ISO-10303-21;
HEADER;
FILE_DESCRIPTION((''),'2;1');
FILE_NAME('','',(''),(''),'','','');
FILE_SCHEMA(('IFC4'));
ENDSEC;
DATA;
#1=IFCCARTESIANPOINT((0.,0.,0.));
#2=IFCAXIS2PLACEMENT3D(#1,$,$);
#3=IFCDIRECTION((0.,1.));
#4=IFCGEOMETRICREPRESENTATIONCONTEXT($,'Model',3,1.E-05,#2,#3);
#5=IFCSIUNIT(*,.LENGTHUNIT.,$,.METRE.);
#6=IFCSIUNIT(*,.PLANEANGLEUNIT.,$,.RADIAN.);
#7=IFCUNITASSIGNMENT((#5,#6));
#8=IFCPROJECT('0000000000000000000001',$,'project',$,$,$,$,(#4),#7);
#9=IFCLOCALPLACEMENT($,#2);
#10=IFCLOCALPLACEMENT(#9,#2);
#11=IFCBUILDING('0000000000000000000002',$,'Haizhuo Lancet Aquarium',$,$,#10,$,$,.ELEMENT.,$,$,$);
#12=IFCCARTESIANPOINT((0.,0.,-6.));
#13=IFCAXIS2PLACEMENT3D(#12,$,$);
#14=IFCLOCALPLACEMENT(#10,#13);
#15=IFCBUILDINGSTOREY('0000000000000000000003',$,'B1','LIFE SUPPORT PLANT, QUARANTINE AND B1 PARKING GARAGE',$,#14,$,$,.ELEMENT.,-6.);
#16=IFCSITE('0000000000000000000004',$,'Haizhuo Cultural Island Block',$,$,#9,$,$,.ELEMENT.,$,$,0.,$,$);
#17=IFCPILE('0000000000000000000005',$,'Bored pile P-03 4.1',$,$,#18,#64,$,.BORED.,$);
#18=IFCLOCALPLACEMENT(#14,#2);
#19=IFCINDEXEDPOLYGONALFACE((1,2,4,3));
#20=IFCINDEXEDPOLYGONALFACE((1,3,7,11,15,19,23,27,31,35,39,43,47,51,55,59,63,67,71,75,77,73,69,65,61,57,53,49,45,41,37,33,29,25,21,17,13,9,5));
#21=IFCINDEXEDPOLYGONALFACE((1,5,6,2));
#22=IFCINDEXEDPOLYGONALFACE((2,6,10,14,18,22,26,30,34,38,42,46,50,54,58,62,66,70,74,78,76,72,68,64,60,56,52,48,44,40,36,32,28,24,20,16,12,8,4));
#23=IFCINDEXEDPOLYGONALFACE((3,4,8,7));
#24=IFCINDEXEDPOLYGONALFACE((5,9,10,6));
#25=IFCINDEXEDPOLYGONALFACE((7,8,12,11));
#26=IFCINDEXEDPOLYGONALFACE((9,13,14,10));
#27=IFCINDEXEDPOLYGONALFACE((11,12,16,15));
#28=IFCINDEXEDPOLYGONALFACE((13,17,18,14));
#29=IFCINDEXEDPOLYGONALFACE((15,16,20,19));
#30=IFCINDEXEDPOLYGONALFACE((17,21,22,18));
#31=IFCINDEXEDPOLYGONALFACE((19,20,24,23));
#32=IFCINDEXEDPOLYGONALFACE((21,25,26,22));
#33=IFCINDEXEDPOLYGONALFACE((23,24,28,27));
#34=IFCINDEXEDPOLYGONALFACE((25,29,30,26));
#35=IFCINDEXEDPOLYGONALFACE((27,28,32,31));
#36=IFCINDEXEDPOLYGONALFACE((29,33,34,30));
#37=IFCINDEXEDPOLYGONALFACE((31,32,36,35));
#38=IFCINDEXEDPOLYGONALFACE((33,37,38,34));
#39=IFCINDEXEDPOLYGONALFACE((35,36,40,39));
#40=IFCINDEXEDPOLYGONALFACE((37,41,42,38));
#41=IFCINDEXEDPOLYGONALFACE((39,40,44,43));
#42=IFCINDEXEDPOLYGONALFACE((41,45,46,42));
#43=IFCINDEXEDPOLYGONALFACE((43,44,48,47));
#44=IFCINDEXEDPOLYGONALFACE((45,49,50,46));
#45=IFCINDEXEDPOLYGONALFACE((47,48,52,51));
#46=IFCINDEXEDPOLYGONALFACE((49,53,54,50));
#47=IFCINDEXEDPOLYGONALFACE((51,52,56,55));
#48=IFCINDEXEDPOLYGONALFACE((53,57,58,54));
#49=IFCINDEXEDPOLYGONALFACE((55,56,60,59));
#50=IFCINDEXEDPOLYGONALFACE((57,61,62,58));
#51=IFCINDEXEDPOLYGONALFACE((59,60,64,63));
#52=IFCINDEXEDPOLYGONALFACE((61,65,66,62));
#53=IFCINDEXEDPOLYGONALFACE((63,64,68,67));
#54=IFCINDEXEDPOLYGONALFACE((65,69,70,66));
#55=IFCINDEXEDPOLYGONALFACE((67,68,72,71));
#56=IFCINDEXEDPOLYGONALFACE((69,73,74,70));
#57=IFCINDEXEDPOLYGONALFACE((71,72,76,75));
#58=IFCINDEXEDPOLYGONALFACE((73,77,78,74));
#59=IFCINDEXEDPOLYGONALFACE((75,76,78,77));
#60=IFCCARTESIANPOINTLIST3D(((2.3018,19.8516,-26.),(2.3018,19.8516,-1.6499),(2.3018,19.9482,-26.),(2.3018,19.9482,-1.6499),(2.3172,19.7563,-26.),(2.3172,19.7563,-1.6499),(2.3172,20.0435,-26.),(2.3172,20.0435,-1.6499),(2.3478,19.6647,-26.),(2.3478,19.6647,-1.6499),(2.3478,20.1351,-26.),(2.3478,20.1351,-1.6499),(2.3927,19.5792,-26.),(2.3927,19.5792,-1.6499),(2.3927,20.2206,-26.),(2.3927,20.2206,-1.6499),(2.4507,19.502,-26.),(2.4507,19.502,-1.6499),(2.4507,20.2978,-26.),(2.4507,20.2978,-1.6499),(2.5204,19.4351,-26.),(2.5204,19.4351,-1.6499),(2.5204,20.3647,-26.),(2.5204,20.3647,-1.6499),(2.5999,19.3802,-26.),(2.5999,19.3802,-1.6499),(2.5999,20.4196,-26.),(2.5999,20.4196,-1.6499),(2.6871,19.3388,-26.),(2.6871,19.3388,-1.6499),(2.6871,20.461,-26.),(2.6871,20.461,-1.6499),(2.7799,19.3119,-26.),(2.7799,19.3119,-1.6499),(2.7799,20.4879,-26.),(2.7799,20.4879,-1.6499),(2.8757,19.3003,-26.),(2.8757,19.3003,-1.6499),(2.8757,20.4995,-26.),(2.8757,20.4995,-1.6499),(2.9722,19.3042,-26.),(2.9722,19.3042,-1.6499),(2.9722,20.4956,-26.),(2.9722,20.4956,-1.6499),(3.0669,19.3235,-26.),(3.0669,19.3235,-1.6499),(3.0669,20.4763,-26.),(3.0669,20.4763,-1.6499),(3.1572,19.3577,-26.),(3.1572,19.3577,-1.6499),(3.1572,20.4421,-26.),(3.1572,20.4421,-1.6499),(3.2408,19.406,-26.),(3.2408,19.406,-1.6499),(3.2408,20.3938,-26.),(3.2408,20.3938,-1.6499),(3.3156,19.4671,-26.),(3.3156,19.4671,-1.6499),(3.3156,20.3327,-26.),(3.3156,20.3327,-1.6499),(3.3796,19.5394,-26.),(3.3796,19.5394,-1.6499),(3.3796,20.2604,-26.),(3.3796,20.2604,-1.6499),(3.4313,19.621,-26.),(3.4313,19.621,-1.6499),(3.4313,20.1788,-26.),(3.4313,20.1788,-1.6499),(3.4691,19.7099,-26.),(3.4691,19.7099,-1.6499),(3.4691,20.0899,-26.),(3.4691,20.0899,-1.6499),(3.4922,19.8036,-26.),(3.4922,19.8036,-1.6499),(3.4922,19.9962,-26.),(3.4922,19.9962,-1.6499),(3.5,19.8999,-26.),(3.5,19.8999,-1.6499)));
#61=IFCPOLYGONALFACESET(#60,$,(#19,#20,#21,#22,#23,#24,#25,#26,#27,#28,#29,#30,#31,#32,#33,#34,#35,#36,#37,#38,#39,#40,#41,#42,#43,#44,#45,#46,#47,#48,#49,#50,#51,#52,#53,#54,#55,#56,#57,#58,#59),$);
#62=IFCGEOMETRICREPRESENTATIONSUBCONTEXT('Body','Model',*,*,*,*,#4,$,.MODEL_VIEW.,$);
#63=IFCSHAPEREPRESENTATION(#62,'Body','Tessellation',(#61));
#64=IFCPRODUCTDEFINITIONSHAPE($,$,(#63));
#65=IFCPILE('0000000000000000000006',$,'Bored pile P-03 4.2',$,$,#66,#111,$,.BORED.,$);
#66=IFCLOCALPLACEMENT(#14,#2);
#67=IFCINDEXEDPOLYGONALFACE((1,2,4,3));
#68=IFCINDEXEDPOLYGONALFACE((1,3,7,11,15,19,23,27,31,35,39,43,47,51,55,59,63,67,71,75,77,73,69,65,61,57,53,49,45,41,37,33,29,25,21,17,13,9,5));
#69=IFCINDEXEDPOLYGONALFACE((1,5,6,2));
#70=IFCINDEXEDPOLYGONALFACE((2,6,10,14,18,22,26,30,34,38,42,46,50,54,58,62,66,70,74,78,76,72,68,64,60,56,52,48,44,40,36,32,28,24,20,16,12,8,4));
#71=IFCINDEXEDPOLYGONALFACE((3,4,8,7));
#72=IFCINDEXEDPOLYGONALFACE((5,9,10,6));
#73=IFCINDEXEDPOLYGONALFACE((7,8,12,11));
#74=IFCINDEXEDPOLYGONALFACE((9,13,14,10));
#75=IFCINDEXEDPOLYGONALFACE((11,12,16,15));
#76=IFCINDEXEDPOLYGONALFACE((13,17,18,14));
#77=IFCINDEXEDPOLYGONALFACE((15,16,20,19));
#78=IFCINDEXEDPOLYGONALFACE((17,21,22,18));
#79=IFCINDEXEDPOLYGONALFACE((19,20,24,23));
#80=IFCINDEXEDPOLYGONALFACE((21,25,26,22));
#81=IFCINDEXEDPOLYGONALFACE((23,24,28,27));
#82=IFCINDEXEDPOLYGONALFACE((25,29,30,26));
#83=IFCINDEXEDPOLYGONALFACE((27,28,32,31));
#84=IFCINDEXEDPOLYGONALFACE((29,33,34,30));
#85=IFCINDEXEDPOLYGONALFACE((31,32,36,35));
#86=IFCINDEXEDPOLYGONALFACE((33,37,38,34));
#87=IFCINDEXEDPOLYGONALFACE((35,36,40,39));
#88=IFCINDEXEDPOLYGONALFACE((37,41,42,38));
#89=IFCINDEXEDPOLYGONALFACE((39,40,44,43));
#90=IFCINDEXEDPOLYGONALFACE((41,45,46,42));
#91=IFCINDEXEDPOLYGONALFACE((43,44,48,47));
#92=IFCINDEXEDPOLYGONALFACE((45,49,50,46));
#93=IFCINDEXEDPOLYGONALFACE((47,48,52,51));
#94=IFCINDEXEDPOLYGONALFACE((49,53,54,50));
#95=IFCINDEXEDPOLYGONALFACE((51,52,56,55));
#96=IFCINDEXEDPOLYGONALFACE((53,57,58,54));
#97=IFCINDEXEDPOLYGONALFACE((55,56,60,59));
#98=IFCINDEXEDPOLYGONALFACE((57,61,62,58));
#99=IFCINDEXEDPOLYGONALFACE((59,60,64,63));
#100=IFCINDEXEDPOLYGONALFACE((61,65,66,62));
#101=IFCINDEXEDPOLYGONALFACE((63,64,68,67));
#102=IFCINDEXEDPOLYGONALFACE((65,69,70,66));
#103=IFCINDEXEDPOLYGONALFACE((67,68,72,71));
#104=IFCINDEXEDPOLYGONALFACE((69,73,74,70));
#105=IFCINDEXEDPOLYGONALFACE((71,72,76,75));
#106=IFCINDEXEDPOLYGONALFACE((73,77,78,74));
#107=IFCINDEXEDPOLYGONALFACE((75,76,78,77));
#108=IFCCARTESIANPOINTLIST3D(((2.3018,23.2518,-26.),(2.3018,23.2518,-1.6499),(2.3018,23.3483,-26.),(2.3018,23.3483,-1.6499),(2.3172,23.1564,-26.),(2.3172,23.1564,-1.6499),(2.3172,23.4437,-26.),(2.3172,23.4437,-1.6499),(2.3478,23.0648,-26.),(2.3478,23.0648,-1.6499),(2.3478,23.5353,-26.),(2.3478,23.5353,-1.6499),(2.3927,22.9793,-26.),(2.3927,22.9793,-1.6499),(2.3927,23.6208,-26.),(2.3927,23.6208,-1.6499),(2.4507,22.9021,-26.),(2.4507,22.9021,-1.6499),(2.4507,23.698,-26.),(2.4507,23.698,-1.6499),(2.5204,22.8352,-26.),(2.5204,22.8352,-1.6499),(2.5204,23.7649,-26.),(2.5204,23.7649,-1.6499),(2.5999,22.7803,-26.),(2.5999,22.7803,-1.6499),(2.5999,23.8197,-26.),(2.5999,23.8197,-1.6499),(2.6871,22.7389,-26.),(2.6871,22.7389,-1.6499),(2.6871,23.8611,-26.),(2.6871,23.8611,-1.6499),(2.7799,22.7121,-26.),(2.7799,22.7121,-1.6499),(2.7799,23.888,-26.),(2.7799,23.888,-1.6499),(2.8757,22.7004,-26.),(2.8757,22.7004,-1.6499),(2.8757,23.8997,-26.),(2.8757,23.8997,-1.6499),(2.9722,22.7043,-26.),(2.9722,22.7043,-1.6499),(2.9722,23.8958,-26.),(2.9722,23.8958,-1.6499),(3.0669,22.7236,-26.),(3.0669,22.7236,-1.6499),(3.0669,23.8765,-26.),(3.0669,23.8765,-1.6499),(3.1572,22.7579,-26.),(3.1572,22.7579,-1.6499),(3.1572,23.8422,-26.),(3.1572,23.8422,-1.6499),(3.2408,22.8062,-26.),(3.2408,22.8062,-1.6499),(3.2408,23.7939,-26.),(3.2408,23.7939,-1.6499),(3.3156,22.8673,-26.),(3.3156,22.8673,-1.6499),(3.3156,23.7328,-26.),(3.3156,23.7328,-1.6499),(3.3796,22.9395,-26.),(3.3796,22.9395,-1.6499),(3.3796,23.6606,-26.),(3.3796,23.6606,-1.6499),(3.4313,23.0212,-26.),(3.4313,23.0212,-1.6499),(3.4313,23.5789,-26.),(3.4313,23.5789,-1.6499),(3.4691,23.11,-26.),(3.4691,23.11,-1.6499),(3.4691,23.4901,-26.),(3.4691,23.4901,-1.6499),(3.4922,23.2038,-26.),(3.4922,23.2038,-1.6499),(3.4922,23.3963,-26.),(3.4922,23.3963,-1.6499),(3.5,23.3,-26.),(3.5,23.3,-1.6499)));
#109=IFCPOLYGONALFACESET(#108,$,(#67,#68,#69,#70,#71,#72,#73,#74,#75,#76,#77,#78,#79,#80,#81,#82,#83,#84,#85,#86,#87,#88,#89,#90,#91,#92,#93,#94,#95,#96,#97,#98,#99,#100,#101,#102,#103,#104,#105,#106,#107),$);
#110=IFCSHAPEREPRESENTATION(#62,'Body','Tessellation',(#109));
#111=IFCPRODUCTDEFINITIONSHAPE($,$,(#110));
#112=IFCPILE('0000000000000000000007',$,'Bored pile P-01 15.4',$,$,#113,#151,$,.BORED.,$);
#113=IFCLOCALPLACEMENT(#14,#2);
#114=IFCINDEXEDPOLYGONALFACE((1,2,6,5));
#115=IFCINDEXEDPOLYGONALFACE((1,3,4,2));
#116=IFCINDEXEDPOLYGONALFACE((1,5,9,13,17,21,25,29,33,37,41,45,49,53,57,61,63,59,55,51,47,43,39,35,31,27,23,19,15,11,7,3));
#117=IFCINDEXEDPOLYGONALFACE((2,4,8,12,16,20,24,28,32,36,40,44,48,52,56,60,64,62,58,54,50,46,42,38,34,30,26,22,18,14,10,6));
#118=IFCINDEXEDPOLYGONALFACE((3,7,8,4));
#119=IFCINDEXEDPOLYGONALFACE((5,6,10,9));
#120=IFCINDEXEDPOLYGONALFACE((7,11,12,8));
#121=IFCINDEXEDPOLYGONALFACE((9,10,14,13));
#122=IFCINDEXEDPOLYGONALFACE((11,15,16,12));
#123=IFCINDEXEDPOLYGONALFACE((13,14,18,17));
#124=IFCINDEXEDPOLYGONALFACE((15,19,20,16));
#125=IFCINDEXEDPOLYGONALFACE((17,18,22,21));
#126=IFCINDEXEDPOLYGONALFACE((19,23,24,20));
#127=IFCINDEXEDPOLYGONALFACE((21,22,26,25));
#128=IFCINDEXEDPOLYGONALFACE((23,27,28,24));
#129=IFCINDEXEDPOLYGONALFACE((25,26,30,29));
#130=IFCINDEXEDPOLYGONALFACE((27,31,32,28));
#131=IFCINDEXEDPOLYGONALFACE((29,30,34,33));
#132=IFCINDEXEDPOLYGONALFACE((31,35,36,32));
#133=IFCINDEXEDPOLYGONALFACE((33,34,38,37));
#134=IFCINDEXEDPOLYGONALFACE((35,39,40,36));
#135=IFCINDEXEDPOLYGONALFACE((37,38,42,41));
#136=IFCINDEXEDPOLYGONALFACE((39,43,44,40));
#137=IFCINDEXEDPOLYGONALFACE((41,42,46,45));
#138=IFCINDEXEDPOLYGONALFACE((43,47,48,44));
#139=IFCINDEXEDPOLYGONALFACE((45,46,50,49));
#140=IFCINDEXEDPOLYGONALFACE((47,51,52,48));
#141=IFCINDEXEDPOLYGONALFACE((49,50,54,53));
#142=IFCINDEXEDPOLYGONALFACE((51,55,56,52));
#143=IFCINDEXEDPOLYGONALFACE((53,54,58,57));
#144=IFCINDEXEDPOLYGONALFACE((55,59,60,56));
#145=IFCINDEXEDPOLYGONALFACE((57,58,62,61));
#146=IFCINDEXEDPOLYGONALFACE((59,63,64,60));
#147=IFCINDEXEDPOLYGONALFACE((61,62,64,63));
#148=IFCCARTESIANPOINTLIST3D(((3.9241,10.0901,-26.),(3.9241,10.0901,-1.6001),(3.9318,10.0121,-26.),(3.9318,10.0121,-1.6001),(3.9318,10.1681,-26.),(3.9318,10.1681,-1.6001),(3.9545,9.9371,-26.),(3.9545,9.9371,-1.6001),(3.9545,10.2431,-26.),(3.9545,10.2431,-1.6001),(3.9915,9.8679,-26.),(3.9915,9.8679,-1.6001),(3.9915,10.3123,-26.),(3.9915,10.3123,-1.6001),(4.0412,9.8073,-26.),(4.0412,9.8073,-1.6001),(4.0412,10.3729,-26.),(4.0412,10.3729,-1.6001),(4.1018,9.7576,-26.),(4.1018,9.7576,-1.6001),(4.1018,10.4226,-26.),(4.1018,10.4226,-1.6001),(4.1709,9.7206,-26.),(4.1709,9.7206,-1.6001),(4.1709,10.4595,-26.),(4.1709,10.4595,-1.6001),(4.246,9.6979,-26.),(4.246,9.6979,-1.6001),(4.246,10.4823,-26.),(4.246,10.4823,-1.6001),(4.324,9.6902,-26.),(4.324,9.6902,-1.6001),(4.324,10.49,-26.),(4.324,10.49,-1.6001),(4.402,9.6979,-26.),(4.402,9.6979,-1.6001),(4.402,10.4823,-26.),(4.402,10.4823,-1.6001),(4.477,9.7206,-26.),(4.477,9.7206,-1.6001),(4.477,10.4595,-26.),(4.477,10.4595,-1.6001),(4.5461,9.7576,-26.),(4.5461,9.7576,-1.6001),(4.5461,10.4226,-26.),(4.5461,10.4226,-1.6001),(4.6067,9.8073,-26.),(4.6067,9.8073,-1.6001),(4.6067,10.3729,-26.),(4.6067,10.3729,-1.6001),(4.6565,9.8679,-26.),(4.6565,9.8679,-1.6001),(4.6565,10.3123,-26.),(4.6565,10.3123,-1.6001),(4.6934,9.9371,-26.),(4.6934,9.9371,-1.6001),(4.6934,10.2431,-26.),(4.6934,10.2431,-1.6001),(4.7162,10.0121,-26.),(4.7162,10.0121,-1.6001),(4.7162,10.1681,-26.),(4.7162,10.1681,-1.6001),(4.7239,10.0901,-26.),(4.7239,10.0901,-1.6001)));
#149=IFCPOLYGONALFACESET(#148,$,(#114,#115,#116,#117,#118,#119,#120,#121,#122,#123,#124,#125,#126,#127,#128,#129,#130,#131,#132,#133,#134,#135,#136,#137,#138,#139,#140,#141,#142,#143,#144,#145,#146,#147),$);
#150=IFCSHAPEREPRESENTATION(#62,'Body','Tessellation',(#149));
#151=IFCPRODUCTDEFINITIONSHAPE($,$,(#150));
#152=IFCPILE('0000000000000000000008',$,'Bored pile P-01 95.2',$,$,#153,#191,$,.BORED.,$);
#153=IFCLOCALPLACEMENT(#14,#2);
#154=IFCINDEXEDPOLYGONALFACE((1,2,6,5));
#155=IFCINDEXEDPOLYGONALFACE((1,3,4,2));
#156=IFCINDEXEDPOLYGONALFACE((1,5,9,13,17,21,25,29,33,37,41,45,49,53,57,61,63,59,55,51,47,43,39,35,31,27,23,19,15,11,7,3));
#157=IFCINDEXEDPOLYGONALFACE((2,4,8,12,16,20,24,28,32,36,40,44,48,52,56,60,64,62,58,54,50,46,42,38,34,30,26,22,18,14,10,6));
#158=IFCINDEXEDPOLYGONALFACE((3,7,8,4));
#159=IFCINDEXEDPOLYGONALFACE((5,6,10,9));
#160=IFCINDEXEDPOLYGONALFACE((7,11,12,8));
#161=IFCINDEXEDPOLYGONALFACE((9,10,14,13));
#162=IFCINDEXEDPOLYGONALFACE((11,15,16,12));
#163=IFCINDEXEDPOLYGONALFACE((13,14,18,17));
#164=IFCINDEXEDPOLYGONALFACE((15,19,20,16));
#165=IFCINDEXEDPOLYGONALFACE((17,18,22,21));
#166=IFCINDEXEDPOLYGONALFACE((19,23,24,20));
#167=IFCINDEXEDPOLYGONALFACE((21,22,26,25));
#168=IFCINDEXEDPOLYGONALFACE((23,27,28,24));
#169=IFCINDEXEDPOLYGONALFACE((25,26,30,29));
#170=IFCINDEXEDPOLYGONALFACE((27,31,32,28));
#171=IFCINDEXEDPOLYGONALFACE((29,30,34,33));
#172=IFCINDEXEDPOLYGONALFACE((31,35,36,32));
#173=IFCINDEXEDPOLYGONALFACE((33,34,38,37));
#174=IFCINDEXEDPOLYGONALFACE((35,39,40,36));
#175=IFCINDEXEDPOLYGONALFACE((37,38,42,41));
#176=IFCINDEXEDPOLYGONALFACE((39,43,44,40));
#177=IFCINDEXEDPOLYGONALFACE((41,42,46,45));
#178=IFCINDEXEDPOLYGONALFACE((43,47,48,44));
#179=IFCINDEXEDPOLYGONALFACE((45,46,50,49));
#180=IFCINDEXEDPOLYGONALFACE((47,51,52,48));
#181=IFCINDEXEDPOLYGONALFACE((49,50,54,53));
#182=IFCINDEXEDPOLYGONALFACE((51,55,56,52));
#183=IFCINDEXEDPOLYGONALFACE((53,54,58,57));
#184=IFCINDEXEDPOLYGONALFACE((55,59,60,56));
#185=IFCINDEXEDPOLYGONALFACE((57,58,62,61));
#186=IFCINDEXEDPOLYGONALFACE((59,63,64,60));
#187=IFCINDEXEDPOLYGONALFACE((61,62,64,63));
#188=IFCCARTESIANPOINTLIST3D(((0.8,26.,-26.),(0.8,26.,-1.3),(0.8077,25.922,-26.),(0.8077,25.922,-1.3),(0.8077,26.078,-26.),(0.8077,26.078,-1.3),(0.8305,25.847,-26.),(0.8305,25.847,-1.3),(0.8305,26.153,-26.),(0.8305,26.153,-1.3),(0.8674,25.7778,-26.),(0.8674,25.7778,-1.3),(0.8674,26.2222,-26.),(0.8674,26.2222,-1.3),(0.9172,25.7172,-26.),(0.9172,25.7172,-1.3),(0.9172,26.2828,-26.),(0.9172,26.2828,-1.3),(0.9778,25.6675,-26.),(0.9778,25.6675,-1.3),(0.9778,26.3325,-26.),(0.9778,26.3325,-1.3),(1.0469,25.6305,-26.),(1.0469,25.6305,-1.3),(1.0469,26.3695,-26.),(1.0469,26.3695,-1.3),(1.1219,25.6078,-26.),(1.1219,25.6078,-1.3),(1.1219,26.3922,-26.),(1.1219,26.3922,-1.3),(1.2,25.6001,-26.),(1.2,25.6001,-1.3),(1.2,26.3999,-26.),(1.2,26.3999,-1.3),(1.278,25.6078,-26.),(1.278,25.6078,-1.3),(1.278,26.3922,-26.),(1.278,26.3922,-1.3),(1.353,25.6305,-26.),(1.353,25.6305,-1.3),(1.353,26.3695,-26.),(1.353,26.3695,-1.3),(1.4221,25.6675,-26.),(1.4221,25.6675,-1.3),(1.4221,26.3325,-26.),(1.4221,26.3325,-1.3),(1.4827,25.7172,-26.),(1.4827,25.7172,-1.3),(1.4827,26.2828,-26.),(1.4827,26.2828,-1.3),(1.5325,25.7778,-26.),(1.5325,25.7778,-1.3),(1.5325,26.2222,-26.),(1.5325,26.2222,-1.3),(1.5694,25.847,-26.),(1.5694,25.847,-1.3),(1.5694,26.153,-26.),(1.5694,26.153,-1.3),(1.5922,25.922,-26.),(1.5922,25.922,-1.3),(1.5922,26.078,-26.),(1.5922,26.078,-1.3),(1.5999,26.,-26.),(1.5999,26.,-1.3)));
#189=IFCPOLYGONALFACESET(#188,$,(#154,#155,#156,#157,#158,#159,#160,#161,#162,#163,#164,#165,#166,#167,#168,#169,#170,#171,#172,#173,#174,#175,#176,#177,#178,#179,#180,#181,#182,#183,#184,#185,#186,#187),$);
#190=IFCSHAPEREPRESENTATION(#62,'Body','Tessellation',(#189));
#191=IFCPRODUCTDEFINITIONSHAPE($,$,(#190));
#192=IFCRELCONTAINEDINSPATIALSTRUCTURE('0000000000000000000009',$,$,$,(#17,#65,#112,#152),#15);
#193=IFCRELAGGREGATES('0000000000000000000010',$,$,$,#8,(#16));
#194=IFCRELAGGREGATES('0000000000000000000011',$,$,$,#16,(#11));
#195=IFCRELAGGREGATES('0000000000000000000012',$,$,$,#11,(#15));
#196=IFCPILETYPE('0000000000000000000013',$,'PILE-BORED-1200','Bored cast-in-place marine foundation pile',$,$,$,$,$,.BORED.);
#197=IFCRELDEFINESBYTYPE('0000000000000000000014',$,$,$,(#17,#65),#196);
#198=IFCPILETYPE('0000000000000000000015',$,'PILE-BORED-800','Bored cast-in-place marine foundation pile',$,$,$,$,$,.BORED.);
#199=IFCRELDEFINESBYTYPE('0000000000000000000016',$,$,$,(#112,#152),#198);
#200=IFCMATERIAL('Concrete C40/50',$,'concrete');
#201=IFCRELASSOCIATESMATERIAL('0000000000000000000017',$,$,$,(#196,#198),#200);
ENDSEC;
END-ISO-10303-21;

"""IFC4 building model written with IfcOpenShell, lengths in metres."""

from ifc_helpers import new_model, si_unit, direction, frame, origin, origin_2d, place, context, subcontext, project, spatial, circle, extrude, material, material_profile, profile_set, type_object, element, save


model = new_model("IFC4")

# Units and contexts
model_context = context("Model", 3, precision=1e-05, world=origin(), true_north=direction((0.0, 1.0)))
body_context = subcontext(model_context, "Body", "Model", "MODEL_VIEW")
ifc_project = project(units=[si_unit("LENGTHUNIT", "METRE"), si_unit("PLANEANGLEUNIT", "RADIAN")], contexts=[model_context])

# Site, building, storey
site_placement = place(None, origin())
site = spatial("IfcSite", under=ifc_project, at=site_placement, Name="Haizhuo Cultural Island Block", CompositionType="ELEMENT", RefElevation=0.0)
building_placement = place(site_placement, origin())
building = spatial("IfcBuilding", under=site, at=building_placement, Name="Haizhuo Lancet Aquarium", CompositionType="ELEMENT")
storey_placement = place(building_placement, frame((0.0, 0.0, -6.0)))
storey = spatial("IfcBuildingStorey", under=building, at=storey_placement, Name="B1", Description="LIFE SUPPORT PLANT, QUARANTINE AND B1 PARKING GARAGE", CompositionType="ELEMENT", Elevation=-6.0)

# Shared definitions
ifc_material_1 = material(Name="Concrete C40/50", Category="concrete")

# Piles
ifc_material_profile_1 = material_profile(ifc_material_1, circle(Radius=0.6001, at=origin_2d()), Name="PILE-1200")
ifc_profile_set_1 = profile_set([ifc_material_profile_1], Name="Concrete C40/50")
pile_type_1 = type_object("IfcPileType", Name="PILE-BORED-1200", Description="Bored cast-in-place marine foundation pile", PredefinedType="BORED", material=ifc_profile_set_1)
for number, where, z_axis, x_axis, name in (
    (1, (2.8999, 19.8999, -1.6499), (0.0, 0.0, -1.0), (1.0, 0.0, 0.0), "Bored pile P-03 4.1"),
    (2, (2.8999, 23.3, -1.6499), (0.0, 0.0, -1.0), (1.0, 0.0, 0.0), "Bored pile P-03 4.2"),
):
    element("IfcPile", number, at=place(storey_placement, frame(where, z_axis=z_axis, x_axis=x_axis)), inside=storey, type_object=pile_type_1, Name=name, PredefinedType="BORED", context=body_context, shape_type="SweptSolid", body=[
        extrude(circle(Radius=0.6001, at=origin_2d()), origin(), (0.0, 0.0, 1.0), 24.3501),
    ])
ifc_material_profile_2 = material_profile(ifc_material_1, circle(Radius=0.3999, at=origin_2d()), Name="PILE-800")
ifc_profile_set_2 = profile_set([ifc_material_profile_2], Name="Concrete C40/50")
pile_type_2 = type_object("IfcPileType", Name="PILE-BORED-800", Description="Bored cast-in-place marine foundation pile", PredefinedType="BORED", material=ifc_profile_set_2)
pile_placement = place(storey_placement, frame((4.324, 10.0901, -1.6001), z_axis=(0.0, 0.0, -1.0), x_axis=(1.0, 0.0, 0.0)))
element("IfcPile", 3, at=pile_placement, inside=storey, type_object=pile_type_2, Name="Bored pile P-01 15.4", PredefinedType="BORED", context=body_context, shape_type="SweptSolid", body=[
    extrude(circle(Radius=0.3999, at=origin_2d()), origin(), (0.0, 0.0, 1.0), 24.3999),
])
for number, where, z_axis, x_axis, name in (
    (4, (1.2, 26.0, -1.3), (0.0, 0.0, -1.0), (1.0, 0.0, 0.0), "Bored pile P-01 95.2"),
):
    element("IfcPile", number, at=place(storey_placement, frame(where, z_axis=z_axis, x_axis=x_axis)), inside=storey, type_object=pile_type_2, Name=name, PredefinedType="BORED", context=body_context, shape_type="SweptSolid", body=[
        extrude(circle(Radius=0.3999, at=origin_2d()), origin(), (0.0, 0.0, 1.0), 24.7),
    ])

save(model, "model.ifc")
